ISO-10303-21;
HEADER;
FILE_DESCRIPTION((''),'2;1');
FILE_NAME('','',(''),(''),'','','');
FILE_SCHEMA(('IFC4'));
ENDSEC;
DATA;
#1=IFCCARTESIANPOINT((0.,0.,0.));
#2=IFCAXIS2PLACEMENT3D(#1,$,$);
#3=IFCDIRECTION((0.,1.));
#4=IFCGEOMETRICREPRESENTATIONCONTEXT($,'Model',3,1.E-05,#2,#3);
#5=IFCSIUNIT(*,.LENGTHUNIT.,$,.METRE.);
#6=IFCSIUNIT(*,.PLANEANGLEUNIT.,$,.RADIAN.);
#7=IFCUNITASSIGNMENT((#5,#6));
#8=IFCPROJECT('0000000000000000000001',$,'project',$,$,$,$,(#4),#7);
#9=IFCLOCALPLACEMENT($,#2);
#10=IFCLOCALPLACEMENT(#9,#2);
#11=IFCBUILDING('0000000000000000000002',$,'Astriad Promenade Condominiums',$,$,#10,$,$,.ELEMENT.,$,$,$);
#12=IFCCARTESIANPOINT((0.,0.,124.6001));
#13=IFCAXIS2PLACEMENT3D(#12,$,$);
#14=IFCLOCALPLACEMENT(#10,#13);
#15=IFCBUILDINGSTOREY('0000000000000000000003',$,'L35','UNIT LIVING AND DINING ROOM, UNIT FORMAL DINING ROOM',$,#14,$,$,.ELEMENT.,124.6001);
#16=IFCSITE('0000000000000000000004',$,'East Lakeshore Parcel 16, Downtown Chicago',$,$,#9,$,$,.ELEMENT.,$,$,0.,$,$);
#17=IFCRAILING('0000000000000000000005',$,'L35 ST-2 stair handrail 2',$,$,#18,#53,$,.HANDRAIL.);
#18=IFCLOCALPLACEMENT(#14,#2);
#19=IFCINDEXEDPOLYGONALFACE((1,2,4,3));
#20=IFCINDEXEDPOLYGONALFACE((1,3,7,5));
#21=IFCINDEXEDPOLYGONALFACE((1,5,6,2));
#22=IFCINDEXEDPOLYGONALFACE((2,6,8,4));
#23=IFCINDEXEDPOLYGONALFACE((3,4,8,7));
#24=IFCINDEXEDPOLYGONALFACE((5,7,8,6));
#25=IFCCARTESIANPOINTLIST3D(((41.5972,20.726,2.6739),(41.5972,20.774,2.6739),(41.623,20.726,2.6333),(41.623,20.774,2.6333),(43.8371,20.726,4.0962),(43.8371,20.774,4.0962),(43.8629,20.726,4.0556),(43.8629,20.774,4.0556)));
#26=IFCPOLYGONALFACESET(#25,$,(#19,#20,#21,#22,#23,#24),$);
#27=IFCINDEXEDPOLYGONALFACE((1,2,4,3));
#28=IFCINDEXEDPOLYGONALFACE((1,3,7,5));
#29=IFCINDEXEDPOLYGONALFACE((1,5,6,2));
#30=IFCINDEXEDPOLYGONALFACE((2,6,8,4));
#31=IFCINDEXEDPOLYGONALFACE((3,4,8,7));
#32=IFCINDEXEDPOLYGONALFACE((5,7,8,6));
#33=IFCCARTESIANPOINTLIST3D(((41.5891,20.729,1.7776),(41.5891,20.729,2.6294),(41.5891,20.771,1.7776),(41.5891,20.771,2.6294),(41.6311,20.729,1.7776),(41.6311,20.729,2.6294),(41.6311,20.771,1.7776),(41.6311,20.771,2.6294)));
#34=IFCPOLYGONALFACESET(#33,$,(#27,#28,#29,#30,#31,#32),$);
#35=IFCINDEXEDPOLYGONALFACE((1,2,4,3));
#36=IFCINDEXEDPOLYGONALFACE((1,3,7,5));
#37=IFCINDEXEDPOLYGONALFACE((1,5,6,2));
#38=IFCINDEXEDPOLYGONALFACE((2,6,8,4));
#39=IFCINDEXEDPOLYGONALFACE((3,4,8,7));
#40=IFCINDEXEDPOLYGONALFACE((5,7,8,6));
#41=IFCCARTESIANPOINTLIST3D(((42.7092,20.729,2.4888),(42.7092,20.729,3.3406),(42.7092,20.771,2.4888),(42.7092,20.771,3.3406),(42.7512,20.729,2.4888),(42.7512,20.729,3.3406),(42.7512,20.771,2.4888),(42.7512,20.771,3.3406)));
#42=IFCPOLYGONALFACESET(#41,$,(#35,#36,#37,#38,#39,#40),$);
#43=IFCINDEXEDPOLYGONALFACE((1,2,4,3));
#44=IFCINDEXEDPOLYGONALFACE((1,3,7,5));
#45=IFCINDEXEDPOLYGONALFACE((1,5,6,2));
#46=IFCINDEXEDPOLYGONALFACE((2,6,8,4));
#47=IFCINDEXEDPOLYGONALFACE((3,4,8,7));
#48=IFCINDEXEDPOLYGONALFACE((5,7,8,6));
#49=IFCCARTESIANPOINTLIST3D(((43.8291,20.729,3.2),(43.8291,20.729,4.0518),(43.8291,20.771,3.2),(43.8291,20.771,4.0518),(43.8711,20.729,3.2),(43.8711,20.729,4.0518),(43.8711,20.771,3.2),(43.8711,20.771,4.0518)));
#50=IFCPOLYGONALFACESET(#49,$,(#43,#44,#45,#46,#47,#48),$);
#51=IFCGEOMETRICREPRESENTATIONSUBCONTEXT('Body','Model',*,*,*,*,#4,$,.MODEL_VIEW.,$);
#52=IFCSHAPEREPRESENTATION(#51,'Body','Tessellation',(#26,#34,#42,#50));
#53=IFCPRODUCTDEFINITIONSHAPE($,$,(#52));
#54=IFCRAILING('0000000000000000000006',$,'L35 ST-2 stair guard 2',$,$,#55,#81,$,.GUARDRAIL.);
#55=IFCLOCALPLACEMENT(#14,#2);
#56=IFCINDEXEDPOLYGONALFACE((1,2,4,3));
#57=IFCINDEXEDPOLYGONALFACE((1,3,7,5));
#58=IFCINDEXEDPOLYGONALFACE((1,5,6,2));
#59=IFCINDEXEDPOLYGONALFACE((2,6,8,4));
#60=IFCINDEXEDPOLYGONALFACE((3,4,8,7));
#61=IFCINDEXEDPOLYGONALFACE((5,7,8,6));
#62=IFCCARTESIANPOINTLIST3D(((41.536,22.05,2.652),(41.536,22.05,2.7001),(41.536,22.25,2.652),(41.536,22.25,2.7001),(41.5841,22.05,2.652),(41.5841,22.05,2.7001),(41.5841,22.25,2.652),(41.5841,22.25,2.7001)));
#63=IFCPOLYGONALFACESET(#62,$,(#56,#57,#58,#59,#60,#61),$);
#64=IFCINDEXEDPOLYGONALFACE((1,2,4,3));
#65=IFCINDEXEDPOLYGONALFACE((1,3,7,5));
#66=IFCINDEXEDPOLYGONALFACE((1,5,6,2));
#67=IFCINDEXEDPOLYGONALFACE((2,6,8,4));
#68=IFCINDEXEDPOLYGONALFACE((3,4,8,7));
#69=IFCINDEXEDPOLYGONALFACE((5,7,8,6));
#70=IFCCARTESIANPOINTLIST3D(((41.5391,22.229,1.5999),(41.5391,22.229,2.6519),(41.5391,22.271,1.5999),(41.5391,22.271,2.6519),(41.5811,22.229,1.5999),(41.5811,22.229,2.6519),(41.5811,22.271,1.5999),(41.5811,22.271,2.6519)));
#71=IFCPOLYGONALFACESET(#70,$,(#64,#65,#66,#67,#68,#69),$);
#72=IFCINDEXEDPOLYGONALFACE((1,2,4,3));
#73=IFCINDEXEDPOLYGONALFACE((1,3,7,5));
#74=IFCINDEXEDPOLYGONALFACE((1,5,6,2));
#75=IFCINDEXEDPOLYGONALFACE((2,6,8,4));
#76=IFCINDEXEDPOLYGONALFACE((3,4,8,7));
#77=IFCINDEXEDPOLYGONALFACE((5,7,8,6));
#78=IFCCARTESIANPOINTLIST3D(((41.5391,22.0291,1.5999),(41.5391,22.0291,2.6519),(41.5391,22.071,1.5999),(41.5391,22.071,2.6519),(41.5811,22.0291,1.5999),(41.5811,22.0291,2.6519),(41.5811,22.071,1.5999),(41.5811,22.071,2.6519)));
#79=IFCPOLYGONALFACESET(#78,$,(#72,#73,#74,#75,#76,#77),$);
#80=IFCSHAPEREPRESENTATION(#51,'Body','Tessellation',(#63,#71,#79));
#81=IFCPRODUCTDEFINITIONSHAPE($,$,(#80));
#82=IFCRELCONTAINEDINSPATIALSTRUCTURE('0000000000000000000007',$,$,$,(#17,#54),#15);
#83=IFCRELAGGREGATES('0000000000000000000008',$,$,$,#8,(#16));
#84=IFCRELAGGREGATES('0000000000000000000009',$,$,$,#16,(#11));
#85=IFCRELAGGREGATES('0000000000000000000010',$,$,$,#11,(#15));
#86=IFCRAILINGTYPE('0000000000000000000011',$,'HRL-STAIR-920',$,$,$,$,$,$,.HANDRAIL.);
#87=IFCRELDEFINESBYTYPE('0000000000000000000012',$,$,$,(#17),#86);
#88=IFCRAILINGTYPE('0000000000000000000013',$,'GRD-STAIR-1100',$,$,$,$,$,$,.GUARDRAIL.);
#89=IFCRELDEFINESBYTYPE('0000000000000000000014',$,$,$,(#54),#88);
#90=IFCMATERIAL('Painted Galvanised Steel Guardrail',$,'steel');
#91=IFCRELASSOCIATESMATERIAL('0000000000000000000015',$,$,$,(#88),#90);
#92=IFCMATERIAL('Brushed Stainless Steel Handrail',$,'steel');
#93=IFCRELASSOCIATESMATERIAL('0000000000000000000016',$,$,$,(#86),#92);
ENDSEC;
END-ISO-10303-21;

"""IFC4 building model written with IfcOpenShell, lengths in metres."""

from ifc_helpers import new_model, si_unit, direction, frame, origin, origin_2d, place, context, subcontext, project, spatial, rectangle, extrude, source, transform, mapped, material, type_object, type_shapes, element, save


model = new_model("IFC4")

# Units and contexts
model_context = context("Model", 3, precision=1e-05, world=origin(), true_north=direction((0.0, 1.0)))
body_context = subcontext(model_context, "Body", "Model", "MODEL_VIEW")
ifc_project = project(units=[si_unit("LENGTHUNIT", "METRE"), si_unit("PLANEANGLEUNIT", "RADIAN")], contexts=[model_context])

# Site, building, storey
site_placement = place(None, origin())
site = spatial("IfcSite", under=ifc_project, at=site_placement, Name="East Lakeshore Parcel 16, Downtown Chicago", CompositionType="ELEMENT", RefElevation=0.0)
building_placement = place(site_placement, origin())
building = spatial("IfcBuilding", under=site, at=building_placement, Name="Astriad Promenade Condominiums", CompositionType="ELEMENT")
storey_placement = place(building_placement, frame((0.0, 0.0, 124.6001)))
storey = spatial("IfcBuildingStorey", under=building, at=storey_placement, Name="L35", Description="UNIT LIVING AND DINING ROOM, UNIT FORMAL DINING ROOM", CompositionType="ELEMENT", Elevation=124.6001)

# Railings
ifc_material_1 = material(Name="Painted Galvanised Steel Guardrail", Category="steel")
railing_type_1 = type_object("IfcRailingType", Name="GRD-STAIR-1100", PredefinedType="GUARDRAIL", material=ifc_material_1)
ifc_material_2 = material(Name="Brushed Stainless Steel Handrail", Category="steel")
railing_type_2 = type_object("IfcRailingType", Name="HRL-STAIR-920", PredefinedType="HANDRAIL", material=ifc_material_2)
shared_shape_1 = source(origin(), body_context, "Body", "SweptSolid", [
    extrude(rectangle(XDim=0.0481, YDim=0.0481, at=origin_2d()), frame((0.0, 0.0, 0.876), z_axis=(0.844188, 0.0, 0.536048), x_axis=(0.0, 1.0, 0.0)), (0.0, 0.0, 1.0), 2.6533),
    extrude(rectangle(XDim=0.042, YDim=0.042, at=origin_2d()), origin(), (0.0, 0.0, 1.0), 0.8518),
    extrude(rectangle(XDim=0.042, YDim=0.042, at=origin_2d()), frame((1.1201, 0.0, 0.7112)), (0.0, 0.0, 1.0), 0.8518),
    extrude(rectangle(XDim=0.042, YDim=0.042, at=origin_2d()), frame((2.24, 0.0, 1.4224)), (0.0, 0.0, 1.0), 0.8518),
])
type_shapes(railing_type_2, [shared_shape_1])
railing_1_placement = place(storey_placement, frame((41.6101, 20.75, 1.7776)))
element("IfcRailing", 1, at=railing_1_placement, inside=storey, type_object=railing_type_2, Name="L35 ST-2 stair handrail 2", PredefinedType="HANDRAIL", context=body_context, shape_type="MappedRepresentation", body=[
    mapped(shared_shape_1, transform((0.0, 0.0, 0.0), scale=1.0)),
])
shared_shape_2 = source(origin(), body_context, "Body", "SweptSolid", [
    extrude(rectangle(XDim=0.0481, YDim=0.0481, at=origin_2d()), frame((0.0, 0.0, 1.0762), z_axis=(0.0, -1.0, 0.0), x_axis=(1.0, 0.0, 0.0)), (0.0, 0.0, 1.0), 0.2),
    extrude(rectangle(XDim=0.042, YDim=0.042, at=origin_2d()), origin(), (0.0, 0.0, 1.0), 1.052),
    extrude(rectangle(XDim=0.042, YDim=0.042, at=origin_2d()), frame((0.0, -0.2, 0.0)), (0.0, 0.0, 1.0), 1.052),
])
railing_2_placement = place(storey_placement, frame((41.5601, 22.25, 1.5999)))
element("IfcRailing", 2, at=railing_2_placement, inside=storey, type_object=railing_type_1, Name="L35 ST-2 stair guard 2", PredefinedType="GUARDRAIL", context=body_context, shape_type="MappedRepresentation", body=[
    mapped(shared_shape_2, transform((0.0, 0.0, 0.0), scale=1.0)),
])

save(model, "model.ifc")
